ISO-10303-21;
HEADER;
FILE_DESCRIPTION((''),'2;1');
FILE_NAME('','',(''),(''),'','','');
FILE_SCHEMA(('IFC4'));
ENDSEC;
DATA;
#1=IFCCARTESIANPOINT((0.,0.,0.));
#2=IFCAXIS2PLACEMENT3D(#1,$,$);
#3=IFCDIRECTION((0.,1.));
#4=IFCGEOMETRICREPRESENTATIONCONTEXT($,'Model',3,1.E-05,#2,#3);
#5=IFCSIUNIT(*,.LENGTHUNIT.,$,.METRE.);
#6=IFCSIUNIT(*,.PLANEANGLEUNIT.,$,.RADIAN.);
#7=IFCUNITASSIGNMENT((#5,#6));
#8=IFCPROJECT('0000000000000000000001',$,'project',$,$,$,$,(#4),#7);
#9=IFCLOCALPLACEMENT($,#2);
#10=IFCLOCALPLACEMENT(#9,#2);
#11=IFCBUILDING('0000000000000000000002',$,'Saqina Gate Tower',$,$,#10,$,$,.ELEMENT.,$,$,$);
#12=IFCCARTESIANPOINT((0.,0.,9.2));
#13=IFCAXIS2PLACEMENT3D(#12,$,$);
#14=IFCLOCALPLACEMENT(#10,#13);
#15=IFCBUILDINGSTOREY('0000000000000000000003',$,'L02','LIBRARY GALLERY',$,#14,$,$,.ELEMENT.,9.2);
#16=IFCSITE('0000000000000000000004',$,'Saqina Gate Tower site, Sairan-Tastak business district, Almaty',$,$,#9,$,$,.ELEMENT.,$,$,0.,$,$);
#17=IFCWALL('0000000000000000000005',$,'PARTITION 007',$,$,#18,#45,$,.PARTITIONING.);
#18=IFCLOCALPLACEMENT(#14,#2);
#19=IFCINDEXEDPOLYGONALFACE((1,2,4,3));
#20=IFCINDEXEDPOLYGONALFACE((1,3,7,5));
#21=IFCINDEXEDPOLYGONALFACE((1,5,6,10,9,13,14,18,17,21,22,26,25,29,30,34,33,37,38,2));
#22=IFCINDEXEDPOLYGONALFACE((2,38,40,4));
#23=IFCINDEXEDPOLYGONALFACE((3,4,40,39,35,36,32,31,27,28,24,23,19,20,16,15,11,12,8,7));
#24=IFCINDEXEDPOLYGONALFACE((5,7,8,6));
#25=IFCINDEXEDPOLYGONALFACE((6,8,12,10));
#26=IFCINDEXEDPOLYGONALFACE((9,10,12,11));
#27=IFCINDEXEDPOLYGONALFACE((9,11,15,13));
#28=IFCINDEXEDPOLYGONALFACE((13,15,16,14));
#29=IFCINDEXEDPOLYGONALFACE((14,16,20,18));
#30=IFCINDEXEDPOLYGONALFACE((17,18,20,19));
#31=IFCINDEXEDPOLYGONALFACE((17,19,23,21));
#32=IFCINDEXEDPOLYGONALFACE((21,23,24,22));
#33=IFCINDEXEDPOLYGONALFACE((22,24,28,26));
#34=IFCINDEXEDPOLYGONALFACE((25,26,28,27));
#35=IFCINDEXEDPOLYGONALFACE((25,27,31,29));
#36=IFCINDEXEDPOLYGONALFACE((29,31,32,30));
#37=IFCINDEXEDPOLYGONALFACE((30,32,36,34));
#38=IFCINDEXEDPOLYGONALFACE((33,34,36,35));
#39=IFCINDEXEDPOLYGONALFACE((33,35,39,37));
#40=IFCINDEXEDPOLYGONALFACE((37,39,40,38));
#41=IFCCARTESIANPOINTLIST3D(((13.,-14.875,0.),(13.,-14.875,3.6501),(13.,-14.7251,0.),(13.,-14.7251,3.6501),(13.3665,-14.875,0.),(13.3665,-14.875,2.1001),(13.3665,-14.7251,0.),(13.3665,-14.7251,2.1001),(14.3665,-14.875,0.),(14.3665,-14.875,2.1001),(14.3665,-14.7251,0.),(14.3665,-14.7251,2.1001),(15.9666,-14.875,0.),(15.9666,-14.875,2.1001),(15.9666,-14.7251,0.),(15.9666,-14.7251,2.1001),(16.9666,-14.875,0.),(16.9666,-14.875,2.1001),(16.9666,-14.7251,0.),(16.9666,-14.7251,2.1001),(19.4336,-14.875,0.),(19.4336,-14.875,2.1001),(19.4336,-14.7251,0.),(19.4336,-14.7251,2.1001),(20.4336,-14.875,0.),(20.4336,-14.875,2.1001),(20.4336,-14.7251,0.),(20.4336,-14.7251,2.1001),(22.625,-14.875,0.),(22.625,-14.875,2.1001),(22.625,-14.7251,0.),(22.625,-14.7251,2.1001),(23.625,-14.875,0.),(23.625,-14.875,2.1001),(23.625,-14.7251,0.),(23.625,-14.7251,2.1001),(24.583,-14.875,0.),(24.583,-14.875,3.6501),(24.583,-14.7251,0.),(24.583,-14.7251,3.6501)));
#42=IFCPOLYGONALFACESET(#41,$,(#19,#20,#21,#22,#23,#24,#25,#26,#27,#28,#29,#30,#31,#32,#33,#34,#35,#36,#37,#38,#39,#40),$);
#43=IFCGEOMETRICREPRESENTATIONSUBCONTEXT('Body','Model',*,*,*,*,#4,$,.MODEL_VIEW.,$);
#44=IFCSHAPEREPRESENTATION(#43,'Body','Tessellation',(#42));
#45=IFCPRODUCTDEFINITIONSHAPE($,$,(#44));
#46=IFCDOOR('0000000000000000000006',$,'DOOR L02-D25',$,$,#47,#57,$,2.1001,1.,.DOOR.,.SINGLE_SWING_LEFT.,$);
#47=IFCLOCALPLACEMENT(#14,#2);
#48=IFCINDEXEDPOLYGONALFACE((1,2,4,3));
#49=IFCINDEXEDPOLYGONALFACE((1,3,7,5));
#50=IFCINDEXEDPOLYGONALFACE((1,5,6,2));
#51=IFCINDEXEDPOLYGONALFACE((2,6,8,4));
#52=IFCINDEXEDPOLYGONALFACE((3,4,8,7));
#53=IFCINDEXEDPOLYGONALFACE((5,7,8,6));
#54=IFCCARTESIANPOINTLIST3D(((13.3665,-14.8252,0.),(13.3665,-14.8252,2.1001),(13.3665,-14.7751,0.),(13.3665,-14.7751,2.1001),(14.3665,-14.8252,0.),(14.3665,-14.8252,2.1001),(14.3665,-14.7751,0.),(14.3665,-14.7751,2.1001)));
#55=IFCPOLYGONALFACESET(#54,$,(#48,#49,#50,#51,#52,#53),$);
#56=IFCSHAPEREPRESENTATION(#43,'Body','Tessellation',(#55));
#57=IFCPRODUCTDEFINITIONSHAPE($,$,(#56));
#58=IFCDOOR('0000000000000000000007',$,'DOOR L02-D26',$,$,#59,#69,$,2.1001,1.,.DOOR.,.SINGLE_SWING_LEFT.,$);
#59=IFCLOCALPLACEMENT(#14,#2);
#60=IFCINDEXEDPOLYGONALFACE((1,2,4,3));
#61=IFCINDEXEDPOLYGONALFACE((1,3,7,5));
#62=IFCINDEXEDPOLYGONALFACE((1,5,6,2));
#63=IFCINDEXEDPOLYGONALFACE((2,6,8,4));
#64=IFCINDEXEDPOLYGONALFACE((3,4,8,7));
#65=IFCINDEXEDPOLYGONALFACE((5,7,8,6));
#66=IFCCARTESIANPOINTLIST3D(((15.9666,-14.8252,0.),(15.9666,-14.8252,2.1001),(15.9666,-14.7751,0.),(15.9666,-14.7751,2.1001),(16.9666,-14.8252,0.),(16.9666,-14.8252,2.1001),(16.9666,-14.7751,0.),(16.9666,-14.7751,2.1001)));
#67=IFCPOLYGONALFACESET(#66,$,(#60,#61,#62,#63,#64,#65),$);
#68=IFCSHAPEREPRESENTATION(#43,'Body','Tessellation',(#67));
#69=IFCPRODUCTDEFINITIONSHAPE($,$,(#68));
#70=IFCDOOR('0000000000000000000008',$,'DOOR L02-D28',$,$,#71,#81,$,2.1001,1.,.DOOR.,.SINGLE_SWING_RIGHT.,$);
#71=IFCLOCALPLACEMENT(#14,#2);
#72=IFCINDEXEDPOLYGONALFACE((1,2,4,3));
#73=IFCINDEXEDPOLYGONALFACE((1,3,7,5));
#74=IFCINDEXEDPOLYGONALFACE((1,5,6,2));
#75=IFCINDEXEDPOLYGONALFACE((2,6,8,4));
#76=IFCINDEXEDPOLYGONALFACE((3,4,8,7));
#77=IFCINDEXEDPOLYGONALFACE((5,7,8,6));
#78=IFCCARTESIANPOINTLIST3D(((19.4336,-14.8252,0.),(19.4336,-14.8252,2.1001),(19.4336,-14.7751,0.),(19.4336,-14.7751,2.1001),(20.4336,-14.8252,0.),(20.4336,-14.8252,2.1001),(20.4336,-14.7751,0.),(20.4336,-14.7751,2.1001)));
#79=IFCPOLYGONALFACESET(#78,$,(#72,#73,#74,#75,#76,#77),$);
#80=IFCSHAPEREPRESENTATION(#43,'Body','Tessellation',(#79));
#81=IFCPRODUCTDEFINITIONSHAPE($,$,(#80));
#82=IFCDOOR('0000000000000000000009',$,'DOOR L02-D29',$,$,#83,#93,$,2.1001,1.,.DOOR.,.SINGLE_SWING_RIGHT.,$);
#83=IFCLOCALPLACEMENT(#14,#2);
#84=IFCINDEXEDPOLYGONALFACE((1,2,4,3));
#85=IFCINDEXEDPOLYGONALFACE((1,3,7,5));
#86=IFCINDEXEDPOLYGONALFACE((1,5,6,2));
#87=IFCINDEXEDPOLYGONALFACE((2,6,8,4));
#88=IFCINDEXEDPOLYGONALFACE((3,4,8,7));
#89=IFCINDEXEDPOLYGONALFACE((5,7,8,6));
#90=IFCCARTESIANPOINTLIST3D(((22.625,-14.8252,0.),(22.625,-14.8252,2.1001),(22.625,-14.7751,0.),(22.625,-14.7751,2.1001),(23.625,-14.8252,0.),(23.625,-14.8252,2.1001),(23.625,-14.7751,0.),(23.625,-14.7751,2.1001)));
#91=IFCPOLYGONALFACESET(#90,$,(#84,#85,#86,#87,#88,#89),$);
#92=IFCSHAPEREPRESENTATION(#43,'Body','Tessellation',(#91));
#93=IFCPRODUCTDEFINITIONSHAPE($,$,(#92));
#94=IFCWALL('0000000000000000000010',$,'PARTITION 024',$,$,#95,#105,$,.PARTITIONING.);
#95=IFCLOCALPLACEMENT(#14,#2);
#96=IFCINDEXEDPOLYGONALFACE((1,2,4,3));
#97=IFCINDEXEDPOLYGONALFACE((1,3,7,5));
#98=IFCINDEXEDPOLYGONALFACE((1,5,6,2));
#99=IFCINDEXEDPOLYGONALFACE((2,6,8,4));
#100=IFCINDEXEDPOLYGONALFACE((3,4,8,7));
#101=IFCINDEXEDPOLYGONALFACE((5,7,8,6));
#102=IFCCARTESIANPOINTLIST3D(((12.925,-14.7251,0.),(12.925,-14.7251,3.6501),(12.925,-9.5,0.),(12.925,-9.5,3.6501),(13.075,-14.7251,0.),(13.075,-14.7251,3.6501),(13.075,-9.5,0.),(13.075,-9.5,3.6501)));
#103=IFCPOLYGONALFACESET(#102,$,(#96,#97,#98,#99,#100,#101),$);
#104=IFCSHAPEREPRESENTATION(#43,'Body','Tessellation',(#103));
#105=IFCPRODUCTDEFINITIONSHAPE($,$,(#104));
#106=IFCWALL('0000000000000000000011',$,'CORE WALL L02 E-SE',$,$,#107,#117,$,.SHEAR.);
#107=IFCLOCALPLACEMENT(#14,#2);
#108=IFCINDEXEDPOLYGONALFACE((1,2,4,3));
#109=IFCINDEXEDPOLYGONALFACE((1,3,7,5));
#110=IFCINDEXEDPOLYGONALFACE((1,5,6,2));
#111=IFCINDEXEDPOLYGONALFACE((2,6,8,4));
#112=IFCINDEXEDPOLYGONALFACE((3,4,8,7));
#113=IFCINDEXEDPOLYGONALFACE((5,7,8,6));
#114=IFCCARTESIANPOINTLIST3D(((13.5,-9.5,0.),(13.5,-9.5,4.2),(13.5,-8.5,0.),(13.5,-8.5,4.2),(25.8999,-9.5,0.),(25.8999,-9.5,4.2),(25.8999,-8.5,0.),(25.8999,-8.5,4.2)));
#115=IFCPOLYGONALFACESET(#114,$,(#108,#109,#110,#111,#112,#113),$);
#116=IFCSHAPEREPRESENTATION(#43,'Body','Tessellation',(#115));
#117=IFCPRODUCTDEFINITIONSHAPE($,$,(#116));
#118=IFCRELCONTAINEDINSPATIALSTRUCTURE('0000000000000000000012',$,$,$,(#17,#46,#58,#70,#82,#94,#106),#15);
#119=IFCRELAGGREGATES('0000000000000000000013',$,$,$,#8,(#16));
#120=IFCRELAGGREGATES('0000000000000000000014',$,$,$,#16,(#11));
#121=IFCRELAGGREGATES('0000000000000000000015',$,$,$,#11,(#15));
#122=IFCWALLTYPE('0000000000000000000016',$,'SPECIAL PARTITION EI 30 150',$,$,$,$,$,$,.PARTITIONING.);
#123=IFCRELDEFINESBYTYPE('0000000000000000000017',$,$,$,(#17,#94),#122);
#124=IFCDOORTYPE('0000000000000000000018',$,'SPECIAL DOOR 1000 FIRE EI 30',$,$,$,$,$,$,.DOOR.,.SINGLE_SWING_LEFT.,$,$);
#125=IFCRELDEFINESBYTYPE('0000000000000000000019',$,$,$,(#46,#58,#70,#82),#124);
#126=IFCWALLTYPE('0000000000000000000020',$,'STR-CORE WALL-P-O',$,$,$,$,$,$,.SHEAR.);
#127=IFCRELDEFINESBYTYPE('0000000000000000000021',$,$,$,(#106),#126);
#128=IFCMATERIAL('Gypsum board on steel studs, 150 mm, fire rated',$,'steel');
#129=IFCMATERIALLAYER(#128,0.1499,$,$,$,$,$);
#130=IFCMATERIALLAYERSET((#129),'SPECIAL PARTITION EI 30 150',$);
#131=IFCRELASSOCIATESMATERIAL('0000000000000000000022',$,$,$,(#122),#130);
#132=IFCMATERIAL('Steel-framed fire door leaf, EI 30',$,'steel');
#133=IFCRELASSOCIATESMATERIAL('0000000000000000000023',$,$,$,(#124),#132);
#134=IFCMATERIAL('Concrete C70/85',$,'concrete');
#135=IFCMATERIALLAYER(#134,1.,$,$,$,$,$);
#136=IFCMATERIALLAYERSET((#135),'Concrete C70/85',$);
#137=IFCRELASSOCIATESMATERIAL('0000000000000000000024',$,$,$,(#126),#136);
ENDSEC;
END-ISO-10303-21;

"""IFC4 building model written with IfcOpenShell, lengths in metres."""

from ifc_helpers import new_model, si_unit, direction, frame, frame_2d, origin, place, context, subcontext, project, spatial, rectangle, extrude, material, layer, layer_set, type_object, element, fill, save


model = new_model("IFC4")

# Units and contexts
model_context = context("Model", 3, precision=1e-05, world=origin(), true_north=direction((0.0, 1.0)))
body_context = subcontext(model_context, "Body", "Model", "MODEL_VIEW")
ifc_project = project(units=[si_unit("LENGTHUNIT", "METRE"), si_unit("PLANEANGLEUNIT", "RADIAN")], contexts=[model_context])

# Site, building, storey
site_placement = place(None, origin())
site = spatial("IfcSite", under=ifc_project, at=site_placement, Name="Saqina Gate Tower site, Sairan-Tastak business district, Almaty", CompositionType="ELEMENT", RefElevation=0.0)
building_placement = place(site_placement, origin())
building = spatial("IfcBuilding", under=site, at=building_placement, Name="Saqina Gate Tower", CompositionType="ELEMENT")
storey_placement = place(building_placement, frame((0.0, 0.0, 9.2)))
storey = spatial("IfcBuildingStorey", under=building, at=storey_placement, Name="L02", Description="LIBRARY GALLERY", CompositionType="ELEMENT", Elevation=9.2)

# Wall, openings, doors
ifc_material_1 = material(Name="Gypsum board on steel studs, 150 mm, fire rated", Category="steel")
ifc_layer_1 = layer(ifc_material_1, 0.1499)
ifc_layer_set_1 = layer_set([ifc_layer_1], Name="SPECIAL PARTITION EI 30 150")
wall_type_1 = type_object("IfcWallType", Name="SPECIAL PARTITION EI 30 150", PredefinedType="PARTITIONING", material=ifc_layer_set_1)
ifc_material_2 = material(Name="Steel-framed fire door leaf, EI 30", Category="steel")
door_type_1 = type_object("IfcDoorType", Name="SPECIAL DOOR 1000 FIRE EI 30", OperationType="SINGLE_SWING_LEFT", PredefinedType="DOOR", material=ifc_material_2)
wall_1_placement = place(storey_placement, frame((13.0, -14.8, 0.0), z_axis=(0.0, 0.0, 1.0), x_axis=(1.0, 0.0, 0.0)))
wall_1 = element("IfcWall", 1, at=wall_1_placement, inside=storey, type_object=wall_type_1, Name="PARTITION 007", PredefinedType="PARTITIONING", context=body_context, shape_type="SweptSolid", body=[
    extrude(rectangle(XDim=11.583, YDim=0.1499, at=frame_2d((5.7915, 0.0))), origin(), (0.0, 0.0, 1.0), 3.6501),
])
opening_1_placement = place(wall_1_placement, frame((0.3665, 0.0, 0.0)))
opening_1 = element("IfcOpeningElement", 2, at=opening_1_placement, cuts=wall_1, PredefinedType="OPENING", context=body_context, shape_type="SweptSolid", body=[
    extrude(rectangle(XDim=1.0, YDim=2.1001, at=frame_2d((0.5, 1.05))), frame((0.0, 0.0869, 0.0), z_axis=(0.0, -1.0, 0.0), x_axis=(1.0, 0.0, 0.0)), (0.0, 0.0, 1.0), 0.1738),
])
opening_2_placement = place(wall_1_placement, frame((2.9666, 0.0, 0.0)))
opening_2 = element("IfcOpeningElement", 3, at=opening_2_placement, cuts=wall_1, PredefinedType="OPENING", context=body_context, shape_type="SweptSolid", body=[
    extrude(rectangle(XDim=1.0, YDim=2.1001, at=frame_2d((0.5, 1.05))), frame((0.0, 0.0869, 0.0), z_axis=(0.0, -1.0, 0.0), x_axis=(1.0, 0.0, 0.0)), (0.0, 0.0, 1.0), 0.1738),
])
opening_3_placement = place(wall_1_placement, frame((6.4336, 0.0, 0.0)))
opening_3 = element("IfcOpeningElement", 4, at=opening_3_placement, cuts=wall_1, PredefinedType="OPENING", context=body_context, shape_type="SweptSolid", body=[
    extrude(rectangle(XDim=1.0, YDim=2.1001, at=frame_2d((0.5, 1.05))), frame((0.0, 0.0869, 0.0), z_axis=(0.0, -1.0, 0.0), x_axis=(1.0, 0.0, 0.0)), (0.0, 0.0, 1.0), 0.1738),
])
opening_4_placement = place(wall_1_placement, frame((9.625, 0.0, 0.0)))
opening_4 = element("IfcOpeningElement", 5, at=opening_4_placement, cuts=wall_1, PredefinedType="OPENING", context=body_context, shape_type="SweptSolid", body=[
    extrude(rectangle(XDim=1.0, YDim=2.1001, at=frame_2d((0.5, 1.05))), frame((0.0, 0.0869, 0.0), z_axis=(0.0, -1.0, 0.0), x_axis=(1.0, 0.0, 0.0)), (0.0, 0.0, 1.0), 0.1738),
])
door_1_placement = place(opening_1_placement, origin())
door_1 = element("IfcDoor", 6, at=door_1_placement, inside=storey, type_object=door_type_1, Name="DOOR L02-D25", OperationType="SINGLE_SWING_LEFT", OverallHeight=2.1001, OverallWidth=1.0, PredefinedType="DOOR", context=body_context, shape_type="SweptSolid", body=[
    extrude(rectangle(XDim=1.0, YDim=2.1001, at=frame_2d((0.5, 1.05))), frame((0.0, 0.0249, 0.0), z_axis=(0.0, -1.0, 0.0), x_axis=(1.0, 0.0, 0.0)), (0.0, 0.0, 1.0), 0.05),
])
fill(opening_1, door_1)
door_2_placement = place(opening_2_placement, origin())
door_2 = element("IfcDoor", 7, at=door_2_placement, inside=storey, type_object=door_type_1, Name="DOOR L02-D26", OperationType="SINGLE_SWING_LEFT", OverallHeight=2.1001, OverallWidth=1.0, PredefinedType="DOOR", context=body_context, shape_type="SweptSolid", body=[
    extrude(rectangle(XDim=1.0, YDim=2.1001, at=frame_2d((0.5, 1.05))), frame((0.0, 0.0249, 0.0), z_axis=(0.0, -1.0, 0.0), x_axis=(1.0, 0.0, 0.0)), (0.0, 0.0, 1.0), 0.05),
])
fill(opening_2, door_2)
door_3_placement = place(opening_3_placement, origin())
door_3 = element("IfcDoor", 8, at=door_3_placement, inside=storey, type_object=door_type_1, Name="DOOR L02-D28", OperationType="SINGLE_SWING_RIGHT", OverallHeight=2.1001, OverallWidth=1.0, PredefinedType="DOOR", context=body_context, shape_type="SweptSolid", body=[
    extrude(rectangle(XDim=1.0, YDim=2.1001, at=frame_2d((0.5, 1.05))), frame((0.0, 0.0249, 0.0), z_axis=(0.0, -1.0, 0.0), x_axis=(1.0, 0.0, 0.0)), (0.0, 0.0, 1.0), 0.05),
])
fill(opening_3, door_3)
door_4_placement = place(opening_4_placement, origin())
door_4 = element("IfcDoor", 9, at=door_4_placement, inside=storey, type_object=door_type_1, Name="DOOR L02-D29", OperationType="SINGLE_SWING_RIGHT", OverallHeight=2.1001, OverallWidth=1.0, PredefinedType="DOOR", context=body_context, shape_type="SweptSolid", body=[
    extrude(rectangle(XDim=1.0, YDim=2.1001, at=frame_2d((0.5, 1.05))), frame((0.0, 0.0249, 0.0), z_axis=(0.0, -1.0, 0.0), x_axis=(1.0, 0.0, 0.0)), (0.0, 0.0, 1.0), 0.05),
])
fill(opening_4, door_4)

# Wall
wall_2_placement = place(storey_placement, frame((13.0, -14.7251, 0.0), z_axis=(0.0, 0.0, 1.0), x_axis=(0.0, 1.0, 0.0)))
element("IfcWall", 10, at=wall_2_placement, inside=storey, type_object=wall_type_1, Name="PARTITION 024", PredefinedType="PARTITIONING", context=body_context, shape_type="SweptSolid", body=[
    extrude(rectangle(XDim=5.2251, YDim=0.1499, at=frame_2d((2.6125, 0.0))), origin(), (0.0, 0.0, 1.0), 3.6501),
])

# Shared definitions
ifc_material_3 = material(Name="Concrete C70/85", Category="concrete")
ifc_layer_2 = layer(ifc_material_3, 1.0)
ifc_layer_set_2 = layer_set([ifc_layer_2], Name="Concrete C70/85")
wall_type_2 = type_object("IfcWallType", Name="STR-CORE WALL-P-O", PredefinedType="SHEAR", material=ifc_layer_set_2)

# Wall
wall_3_placement = place(storey_placement, frame((13.5, -9.0, 0.0), z_axis=(0.0, 0.0, 1.0), x_axis=(1.0, 0.0, 0.0)))
element("IfcWall", 11, at=wall_3_placement, inside=storey, type_object=wall_type_2, Name="CORE WALL L02 E-SE", PredefinedType="SHEAR", context=body_context, shape_type="SweptSolid", body=[
    extrude(rectangle(XDim=12.3999, YDim=1.0, at=frame_2d((6.2, 0.0))), origin(), (0.0, 0.0, 1.0), 4.2),
])

save(model, "model.ifc")
